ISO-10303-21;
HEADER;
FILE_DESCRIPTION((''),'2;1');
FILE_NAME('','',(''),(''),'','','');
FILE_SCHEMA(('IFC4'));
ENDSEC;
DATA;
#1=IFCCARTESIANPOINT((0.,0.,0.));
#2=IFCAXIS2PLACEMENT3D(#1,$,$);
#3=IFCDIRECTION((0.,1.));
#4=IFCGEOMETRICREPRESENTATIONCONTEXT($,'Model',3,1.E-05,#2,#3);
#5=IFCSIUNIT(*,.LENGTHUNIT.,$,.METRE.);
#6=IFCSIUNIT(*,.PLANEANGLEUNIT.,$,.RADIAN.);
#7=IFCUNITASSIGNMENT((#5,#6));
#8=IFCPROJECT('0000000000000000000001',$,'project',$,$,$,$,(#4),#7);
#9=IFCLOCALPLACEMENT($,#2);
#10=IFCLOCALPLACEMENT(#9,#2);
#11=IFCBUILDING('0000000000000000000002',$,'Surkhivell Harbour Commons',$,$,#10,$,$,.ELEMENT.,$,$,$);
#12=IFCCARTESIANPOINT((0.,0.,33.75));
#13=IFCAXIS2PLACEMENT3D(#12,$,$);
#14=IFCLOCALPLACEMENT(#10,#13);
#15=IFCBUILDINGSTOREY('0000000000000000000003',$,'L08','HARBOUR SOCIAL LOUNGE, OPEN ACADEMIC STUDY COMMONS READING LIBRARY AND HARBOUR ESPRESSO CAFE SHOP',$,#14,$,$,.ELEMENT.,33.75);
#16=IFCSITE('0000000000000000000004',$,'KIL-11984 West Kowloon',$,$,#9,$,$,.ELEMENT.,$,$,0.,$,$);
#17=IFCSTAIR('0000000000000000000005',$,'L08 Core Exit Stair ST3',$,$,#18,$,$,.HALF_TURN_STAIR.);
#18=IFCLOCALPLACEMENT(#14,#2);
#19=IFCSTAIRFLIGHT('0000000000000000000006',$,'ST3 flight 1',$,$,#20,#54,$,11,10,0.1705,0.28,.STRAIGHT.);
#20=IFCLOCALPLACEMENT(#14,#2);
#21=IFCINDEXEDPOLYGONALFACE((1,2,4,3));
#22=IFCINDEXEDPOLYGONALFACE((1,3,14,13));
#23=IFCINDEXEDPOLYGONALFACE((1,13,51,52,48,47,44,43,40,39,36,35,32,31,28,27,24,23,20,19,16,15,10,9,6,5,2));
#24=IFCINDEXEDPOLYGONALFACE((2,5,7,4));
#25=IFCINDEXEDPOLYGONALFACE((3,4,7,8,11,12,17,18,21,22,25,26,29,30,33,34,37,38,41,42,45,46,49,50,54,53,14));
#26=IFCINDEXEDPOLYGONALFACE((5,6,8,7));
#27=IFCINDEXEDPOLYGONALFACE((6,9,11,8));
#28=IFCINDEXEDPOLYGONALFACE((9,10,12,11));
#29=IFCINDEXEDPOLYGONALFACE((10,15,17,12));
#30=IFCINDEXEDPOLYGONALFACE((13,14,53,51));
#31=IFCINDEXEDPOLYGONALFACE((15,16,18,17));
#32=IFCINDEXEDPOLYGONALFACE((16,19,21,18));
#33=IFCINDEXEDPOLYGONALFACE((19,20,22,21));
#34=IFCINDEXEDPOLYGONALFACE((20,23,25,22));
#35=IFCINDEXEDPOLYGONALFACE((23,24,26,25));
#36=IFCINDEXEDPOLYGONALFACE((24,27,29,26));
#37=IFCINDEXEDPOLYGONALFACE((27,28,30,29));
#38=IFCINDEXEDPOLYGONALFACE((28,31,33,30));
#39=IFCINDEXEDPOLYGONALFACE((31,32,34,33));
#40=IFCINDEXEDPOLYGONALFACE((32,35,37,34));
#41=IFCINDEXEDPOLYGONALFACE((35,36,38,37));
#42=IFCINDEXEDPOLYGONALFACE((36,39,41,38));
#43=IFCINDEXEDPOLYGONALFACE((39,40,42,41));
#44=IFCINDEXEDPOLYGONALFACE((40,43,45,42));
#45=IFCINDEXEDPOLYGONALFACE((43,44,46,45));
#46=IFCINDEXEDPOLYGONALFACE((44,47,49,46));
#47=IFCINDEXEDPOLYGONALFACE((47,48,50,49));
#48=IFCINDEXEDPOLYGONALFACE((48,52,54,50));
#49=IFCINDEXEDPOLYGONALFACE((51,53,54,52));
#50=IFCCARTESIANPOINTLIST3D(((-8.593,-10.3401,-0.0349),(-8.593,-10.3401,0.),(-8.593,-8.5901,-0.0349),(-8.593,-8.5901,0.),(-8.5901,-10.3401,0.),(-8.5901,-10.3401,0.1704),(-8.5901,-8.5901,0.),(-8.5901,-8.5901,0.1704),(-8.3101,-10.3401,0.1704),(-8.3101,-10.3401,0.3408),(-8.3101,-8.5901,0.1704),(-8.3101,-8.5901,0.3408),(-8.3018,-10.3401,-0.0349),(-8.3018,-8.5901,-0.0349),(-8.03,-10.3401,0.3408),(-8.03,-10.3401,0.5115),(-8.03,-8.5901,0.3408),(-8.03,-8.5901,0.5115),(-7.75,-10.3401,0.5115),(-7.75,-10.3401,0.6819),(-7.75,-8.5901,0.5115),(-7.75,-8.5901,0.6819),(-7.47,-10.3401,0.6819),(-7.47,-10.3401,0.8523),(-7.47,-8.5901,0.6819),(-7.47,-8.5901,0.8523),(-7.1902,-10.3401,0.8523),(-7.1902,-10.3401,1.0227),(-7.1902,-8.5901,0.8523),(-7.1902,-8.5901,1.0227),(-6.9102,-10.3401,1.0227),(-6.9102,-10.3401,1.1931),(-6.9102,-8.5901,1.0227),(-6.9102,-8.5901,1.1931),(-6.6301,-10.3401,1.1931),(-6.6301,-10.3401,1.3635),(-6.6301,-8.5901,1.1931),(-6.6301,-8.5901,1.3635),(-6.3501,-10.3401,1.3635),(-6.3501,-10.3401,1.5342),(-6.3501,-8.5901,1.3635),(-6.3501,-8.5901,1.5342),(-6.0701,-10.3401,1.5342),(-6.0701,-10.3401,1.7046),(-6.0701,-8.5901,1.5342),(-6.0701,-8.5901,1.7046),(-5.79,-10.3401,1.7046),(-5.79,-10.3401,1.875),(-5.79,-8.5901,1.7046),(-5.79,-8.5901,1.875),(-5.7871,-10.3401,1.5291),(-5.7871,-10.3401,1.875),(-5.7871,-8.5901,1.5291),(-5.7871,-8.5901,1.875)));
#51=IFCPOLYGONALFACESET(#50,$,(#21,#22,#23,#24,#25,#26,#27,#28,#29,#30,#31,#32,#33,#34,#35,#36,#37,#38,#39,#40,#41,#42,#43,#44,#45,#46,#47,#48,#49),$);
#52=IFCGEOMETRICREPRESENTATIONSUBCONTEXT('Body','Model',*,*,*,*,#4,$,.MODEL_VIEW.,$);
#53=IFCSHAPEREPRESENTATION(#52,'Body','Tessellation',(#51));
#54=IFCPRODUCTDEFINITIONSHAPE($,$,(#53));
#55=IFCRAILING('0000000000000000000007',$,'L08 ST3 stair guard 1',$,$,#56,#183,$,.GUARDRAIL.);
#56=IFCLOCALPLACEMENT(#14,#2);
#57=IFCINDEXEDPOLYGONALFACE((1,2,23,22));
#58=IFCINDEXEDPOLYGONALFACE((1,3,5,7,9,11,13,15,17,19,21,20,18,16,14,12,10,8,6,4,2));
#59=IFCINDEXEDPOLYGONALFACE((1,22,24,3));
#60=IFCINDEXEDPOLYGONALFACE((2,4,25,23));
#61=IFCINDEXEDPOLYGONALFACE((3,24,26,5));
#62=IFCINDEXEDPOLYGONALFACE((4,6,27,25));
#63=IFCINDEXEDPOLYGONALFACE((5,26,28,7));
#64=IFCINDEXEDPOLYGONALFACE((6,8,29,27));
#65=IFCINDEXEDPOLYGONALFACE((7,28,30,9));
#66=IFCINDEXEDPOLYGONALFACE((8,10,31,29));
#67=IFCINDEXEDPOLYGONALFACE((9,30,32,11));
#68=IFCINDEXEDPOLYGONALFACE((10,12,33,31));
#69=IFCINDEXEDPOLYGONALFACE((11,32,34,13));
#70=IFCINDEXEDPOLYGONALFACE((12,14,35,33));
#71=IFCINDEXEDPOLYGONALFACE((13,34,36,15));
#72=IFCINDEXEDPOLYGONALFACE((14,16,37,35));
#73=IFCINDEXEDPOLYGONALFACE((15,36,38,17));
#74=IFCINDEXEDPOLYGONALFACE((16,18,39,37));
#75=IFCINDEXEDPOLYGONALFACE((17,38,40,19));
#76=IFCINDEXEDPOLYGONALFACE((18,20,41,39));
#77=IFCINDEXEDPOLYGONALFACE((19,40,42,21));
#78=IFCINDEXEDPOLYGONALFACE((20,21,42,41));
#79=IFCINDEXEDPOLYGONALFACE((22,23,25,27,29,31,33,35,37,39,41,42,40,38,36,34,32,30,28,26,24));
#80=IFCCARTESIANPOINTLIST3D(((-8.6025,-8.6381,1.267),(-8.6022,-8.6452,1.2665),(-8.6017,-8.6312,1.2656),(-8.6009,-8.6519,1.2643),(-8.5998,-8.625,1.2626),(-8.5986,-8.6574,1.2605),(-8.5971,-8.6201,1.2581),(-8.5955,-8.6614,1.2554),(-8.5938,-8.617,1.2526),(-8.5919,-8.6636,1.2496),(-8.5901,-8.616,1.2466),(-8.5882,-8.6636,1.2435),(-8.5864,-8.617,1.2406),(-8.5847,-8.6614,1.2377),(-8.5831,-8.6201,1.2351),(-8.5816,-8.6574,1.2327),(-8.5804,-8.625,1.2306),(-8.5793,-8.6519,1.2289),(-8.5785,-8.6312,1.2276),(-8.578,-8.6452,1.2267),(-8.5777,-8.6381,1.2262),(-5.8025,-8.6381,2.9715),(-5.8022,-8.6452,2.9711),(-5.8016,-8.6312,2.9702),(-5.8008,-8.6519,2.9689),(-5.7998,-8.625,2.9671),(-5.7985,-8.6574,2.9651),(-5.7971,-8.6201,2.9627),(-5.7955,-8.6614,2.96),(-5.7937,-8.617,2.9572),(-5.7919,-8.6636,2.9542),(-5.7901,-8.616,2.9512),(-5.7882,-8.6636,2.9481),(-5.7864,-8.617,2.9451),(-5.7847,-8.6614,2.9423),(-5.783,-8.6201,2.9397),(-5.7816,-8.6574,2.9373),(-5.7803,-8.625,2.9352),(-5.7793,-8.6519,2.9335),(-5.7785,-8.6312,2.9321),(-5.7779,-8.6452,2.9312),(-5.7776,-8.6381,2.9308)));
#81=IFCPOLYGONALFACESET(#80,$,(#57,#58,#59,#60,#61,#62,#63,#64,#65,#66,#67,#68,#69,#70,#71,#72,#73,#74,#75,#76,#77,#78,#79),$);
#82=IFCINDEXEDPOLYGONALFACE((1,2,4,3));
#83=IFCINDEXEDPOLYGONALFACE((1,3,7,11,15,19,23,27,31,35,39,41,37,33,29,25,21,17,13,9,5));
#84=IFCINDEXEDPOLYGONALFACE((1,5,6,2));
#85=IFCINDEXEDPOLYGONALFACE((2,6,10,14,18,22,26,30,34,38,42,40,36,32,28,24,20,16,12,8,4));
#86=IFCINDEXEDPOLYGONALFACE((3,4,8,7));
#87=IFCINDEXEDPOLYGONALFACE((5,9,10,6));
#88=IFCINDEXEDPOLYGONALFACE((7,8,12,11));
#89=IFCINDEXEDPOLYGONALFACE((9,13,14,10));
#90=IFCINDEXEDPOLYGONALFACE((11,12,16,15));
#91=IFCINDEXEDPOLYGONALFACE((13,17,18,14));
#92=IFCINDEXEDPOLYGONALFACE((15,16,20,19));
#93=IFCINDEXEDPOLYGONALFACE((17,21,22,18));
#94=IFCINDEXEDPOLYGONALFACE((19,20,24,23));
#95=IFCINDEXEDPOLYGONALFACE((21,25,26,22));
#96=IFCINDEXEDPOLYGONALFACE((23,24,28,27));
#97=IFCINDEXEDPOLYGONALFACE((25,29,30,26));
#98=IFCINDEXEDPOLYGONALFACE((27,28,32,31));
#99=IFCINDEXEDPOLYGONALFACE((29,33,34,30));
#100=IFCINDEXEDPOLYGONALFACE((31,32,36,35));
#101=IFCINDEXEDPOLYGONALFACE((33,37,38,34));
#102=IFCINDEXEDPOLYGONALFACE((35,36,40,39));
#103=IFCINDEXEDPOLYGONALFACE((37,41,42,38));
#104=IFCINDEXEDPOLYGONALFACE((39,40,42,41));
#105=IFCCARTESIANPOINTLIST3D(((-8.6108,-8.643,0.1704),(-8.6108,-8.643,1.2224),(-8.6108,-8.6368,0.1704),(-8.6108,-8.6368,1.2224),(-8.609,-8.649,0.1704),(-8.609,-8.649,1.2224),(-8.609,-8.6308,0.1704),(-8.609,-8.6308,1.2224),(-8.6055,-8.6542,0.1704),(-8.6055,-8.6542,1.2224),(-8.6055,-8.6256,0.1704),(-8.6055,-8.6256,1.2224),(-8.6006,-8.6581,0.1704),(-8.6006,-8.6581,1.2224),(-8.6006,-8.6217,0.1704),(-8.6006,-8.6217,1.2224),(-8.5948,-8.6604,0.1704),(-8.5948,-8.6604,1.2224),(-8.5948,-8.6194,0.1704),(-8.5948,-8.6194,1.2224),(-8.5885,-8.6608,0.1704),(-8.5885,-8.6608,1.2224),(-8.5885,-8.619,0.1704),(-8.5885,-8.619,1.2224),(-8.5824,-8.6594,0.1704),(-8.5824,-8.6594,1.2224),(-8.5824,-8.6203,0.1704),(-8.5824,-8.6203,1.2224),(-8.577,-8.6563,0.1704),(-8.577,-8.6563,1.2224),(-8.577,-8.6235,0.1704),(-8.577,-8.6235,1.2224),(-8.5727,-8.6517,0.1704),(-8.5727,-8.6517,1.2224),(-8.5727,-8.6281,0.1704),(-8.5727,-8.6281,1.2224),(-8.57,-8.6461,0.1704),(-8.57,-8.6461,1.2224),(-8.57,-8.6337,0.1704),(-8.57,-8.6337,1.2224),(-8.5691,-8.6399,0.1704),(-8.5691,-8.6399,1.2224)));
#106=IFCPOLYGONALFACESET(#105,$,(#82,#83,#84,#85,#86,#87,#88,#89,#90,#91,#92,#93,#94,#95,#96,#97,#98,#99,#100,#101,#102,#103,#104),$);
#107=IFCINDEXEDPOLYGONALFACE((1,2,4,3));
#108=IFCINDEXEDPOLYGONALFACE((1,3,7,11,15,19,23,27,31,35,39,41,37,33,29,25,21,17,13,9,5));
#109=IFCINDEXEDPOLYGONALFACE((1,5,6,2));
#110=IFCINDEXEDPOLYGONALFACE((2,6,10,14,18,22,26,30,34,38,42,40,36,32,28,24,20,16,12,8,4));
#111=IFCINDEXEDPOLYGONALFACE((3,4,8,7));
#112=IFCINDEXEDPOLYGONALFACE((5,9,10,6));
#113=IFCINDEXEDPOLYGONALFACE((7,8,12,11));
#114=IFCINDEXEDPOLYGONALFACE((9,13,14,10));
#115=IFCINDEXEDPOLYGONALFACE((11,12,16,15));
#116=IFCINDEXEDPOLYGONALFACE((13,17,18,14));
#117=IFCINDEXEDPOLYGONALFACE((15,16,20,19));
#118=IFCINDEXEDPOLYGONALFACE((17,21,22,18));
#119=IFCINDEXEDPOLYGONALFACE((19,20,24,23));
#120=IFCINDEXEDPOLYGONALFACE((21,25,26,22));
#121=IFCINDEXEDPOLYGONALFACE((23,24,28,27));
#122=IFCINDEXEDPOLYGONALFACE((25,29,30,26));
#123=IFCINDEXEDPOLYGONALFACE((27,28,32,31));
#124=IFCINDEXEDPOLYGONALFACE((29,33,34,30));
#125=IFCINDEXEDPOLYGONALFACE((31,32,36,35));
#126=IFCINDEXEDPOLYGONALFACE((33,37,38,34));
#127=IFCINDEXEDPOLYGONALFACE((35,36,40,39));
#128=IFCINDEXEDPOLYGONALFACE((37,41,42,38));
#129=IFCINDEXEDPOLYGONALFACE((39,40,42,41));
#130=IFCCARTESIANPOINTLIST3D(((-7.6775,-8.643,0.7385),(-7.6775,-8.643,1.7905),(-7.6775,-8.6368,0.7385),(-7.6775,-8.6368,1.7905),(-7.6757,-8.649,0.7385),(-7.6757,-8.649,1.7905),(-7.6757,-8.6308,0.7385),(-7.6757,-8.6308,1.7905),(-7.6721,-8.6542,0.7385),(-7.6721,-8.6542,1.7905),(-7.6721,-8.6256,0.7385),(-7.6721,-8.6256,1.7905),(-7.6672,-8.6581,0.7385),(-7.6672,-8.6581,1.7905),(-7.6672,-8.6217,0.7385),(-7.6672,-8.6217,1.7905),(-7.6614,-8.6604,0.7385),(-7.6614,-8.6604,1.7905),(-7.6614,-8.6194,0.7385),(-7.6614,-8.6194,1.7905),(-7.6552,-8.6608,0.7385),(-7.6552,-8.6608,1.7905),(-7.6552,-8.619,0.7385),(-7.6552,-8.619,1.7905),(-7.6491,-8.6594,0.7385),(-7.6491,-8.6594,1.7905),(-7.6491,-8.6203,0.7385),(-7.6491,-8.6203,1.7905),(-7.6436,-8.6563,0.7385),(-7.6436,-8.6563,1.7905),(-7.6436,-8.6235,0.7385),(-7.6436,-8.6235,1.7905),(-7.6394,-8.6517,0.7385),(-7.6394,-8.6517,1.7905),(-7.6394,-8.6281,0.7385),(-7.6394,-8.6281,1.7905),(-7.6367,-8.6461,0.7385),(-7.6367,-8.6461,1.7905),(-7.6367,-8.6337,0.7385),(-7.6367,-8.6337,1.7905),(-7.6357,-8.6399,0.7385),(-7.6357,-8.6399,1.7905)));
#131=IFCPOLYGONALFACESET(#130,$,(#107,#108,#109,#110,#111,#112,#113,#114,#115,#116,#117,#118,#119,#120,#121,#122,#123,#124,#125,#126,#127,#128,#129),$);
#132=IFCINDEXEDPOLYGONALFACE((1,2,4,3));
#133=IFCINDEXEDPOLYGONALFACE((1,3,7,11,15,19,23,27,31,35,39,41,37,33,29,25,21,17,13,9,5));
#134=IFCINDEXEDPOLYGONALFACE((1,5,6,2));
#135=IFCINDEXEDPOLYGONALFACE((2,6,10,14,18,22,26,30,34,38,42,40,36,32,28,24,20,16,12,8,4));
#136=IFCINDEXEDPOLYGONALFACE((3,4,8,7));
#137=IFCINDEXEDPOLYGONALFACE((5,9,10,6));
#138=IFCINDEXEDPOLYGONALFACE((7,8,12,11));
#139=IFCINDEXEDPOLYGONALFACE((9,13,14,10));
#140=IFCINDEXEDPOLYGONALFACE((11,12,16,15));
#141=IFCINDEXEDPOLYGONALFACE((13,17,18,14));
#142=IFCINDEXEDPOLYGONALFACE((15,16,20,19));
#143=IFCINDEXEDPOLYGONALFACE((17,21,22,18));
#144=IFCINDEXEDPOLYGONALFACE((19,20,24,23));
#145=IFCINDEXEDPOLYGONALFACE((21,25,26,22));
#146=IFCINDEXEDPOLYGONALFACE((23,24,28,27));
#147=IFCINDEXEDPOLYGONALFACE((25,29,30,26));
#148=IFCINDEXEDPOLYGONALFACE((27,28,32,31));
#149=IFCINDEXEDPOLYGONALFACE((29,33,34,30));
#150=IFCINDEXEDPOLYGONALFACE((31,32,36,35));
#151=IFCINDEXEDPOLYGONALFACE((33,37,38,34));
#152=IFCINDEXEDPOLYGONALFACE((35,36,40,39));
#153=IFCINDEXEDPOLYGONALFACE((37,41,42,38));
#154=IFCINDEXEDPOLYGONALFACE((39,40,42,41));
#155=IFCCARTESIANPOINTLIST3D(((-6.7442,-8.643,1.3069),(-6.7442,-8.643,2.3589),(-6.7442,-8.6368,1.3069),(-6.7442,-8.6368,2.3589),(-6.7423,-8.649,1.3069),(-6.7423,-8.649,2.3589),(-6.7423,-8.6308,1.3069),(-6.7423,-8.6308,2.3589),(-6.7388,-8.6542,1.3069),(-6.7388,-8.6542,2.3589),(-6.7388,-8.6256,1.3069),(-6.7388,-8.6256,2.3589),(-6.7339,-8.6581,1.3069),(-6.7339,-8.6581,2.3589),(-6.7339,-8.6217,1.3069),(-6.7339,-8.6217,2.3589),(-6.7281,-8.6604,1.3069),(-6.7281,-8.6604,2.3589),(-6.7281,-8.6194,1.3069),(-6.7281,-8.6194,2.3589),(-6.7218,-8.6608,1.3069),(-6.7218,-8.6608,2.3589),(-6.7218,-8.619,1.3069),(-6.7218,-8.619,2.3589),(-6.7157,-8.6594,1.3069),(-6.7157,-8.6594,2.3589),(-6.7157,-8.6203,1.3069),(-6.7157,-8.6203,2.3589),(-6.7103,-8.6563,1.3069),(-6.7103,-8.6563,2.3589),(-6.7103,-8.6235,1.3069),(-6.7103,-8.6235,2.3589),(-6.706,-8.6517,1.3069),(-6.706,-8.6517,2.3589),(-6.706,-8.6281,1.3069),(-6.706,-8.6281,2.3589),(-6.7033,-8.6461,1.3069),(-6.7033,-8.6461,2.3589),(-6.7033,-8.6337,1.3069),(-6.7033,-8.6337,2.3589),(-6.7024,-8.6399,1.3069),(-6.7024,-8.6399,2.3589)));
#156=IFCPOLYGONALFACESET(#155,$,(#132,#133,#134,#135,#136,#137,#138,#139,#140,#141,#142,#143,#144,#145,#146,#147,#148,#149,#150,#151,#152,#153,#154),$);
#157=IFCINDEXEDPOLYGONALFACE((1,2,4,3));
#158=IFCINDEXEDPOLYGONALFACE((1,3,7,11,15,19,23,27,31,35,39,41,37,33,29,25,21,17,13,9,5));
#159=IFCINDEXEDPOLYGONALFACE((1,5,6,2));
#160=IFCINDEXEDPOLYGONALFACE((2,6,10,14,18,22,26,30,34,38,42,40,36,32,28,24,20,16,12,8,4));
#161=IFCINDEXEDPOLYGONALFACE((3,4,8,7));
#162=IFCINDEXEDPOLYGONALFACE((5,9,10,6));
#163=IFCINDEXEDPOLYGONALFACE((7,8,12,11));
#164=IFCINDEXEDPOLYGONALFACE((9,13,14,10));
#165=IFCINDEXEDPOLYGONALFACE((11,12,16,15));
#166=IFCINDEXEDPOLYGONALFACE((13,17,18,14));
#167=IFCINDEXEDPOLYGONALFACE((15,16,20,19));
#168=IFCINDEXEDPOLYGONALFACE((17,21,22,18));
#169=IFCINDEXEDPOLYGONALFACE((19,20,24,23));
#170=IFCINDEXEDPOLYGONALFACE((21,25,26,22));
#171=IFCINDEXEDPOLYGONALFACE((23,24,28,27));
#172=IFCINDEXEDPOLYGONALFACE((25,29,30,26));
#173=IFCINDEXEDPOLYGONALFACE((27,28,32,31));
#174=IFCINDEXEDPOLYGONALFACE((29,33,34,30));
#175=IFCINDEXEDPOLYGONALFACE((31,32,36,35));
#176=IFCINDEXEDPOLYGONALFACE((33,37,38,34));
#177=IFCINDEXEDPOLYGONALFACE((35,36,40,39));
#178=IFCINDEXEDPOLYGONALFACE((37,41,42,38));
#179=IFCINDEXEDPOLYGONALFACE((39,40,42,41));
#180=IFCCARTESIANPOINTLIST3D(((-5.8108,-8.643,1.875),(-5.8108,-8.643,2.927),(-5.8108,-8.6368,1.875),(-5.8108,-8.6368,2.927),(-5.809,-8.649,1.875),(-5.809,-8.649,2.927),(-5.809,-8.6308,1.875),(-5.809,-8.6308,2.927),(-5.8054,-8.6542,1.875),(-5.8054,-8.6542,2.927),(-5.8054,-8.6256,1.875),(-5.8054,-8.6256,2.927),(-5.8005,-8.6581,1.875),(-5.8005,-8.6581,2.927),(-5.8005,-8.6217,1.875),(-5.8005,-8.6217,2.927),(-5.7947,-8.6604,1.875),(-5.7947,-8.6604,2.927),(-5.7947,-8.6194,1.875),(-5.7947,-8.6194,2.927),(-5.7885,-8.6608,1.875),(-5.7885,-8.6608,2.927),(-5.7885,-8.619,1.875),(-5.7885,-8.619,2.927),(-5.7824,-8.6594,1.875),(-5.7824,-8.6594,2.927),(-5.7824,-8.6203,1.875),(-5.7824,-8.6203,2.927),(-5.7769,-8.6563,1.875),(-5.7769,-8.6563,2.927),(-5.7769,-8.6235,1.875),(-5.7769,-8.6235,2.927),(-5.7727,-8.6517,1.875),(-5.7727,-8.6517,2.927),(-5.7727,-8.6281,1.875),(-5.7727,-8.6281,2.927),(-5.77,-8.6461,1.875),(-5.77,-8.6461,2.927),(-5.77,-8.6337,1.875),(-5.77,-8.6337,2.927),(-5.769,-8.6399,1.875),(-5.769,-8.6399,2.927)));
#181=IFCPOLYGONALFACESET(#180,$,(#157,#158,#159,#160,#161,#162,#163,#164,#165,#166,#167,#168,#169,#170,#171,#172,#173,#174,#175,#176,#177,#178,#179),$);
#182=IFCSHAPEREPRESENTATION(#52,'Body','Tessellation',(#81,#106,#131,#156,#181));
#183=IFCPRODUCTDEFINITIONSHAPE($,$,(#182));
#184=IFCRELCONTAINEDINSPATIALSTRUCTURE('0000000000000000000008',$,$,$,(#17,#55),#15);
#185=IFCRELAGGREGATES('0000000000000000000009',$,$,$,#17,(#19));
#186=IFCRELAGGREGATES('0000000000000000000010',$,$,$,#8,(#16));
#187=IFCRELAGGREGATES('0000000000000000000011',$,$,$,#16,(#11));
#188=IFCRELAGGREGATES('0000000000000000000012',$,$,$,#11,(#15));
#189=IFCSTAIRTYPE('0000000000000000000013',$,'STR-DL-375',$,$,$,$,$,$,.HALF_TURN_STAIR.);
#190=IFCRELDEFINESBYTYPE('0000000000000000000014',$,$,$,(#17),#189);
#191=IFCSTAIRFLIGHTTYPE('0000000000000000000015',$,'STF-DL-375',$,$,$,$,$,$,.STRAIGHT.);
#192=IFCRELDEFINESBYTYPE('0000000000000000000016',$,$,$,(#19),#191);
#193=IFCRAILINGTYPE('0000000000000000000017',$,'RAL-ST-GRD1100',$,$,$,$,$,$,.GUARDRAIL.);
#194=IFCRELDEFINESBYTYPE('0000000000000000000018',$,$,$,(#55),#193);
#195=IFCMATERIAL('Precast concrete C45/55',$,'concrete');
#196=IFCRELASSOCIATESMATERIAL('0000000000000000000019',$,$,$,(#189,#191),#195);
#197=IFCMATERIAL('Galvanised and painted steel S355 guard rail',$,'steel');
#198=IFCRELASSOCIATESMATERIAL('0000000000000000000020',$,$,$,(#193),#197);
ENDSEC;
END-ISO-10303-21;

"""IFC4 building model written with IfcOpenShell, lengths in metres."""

from ifc_helpers import new_model, si_unit, direction, frame, origin, origin_2d, place, context, subcontext, project, spatial, polyline, circle, outline, extrude, material, type_object, element, aggregate, save


model = new_model("IFC4")

# Units and contexts
model_context = context("Model", 3, precision=1e-05, world=origin(), true_north=direction((0.0, 1.0)))
body_context = subcontext(model_context, "Body", "Model", "MODEL_VIEW")
ifc_project = project(units=[si_unit("LENGTHUNIT", "METRE"), si_unit("PLANEANGLEUNIT", "RADIAN")], contexts=[model_context])

# Site, building, storey
site_placement = place(None, origin())
site = spatial("IfcSite", under=ifc_project, at=site_placement, Name="KIL-11984 West Kowloon", CompositionType="ELEMENT", RefElevation=0.0)
building_placement = place(site_placement, origin())
building = spatial("IfcBuilding", under=site, at=building_placement, Name="Surkhivell Harbour Commons", CompositionType="ELEMENT")
storey_placement = place(building_placement, frame((0.0, 0.0, 33.75)))
storey = spatial("IfcBuildingStorey", under=building, at=storey_placement, Name="L08", Description="HARBOUR SOCIAL LOUNGE, OPEN ACADEMIC STUDY COMMONS READING LIBRARY AND HARBOUR ESPRESSO CAFE SHOP", CompositionType="ELEMENT", Elevation=33.75)

# Stair, stair flight
ifc_material_1 = material(Name="Precast concrete C45/55", Category="concrete")
stair_type = type_object("IfcStairType", Name="STR-DL-375", PredefinedType="HALF_TURN_STAIR", material=ifc_material_1)
stair_placement = place(storey_placement, origin())
stair = element("IfcStair", 1, at=stair_placement, inside=storey, type_object=stair_type, Name="L08 Core Exit Stair ST3", PredefinedType="HALF_TURN_STAIR")
stair_flight_type = type_object("IfcStairFlightType", Name="STF-DL-375", PredefinedType="STRAIGHT", material=ifc_material_1)
stair_flight_placement = place(storey_placement, frame((-8.5901, -9.4651, 0.0), z_axis=(0.0, 0.0, 1.0), x_axis=(1.0, 0.0, 0.0)))
stair_flight = element("IfcStairFlight", 2, at=stair_flight_placement, type_object=stair_flight_type, Name="ST3 flight 1", NumberOfRisers=11, NumberOfTreads=10, PredefinedType="STRAIGHT", RiserHeight=0.1705, TreadLength=0.28, context=body_context, shape_type="SweptSolid", body=[
    extrude(outline(polyline([(-0.0029, -0.0349), (-0.0029, 0.0), (0.0, 0.0), (0.0, 0.1704), (0.28, 0.1704), (0.28, 0.3408), (0.5601, 0.3408), (0.5601, 0.5115), (0.8401, 0.5115), (0.8401, 0.6819), (1.1201, 0.6819), (1.1201, 0.8523), (1.3999, 0.8523), (1.3999, 1.0227), (1.6799, 1.0227), (1.6799, 1.1931), (1.96, 1.1931), (1.96, 1.3635), (2.24, 1.3635), (2.24, 1.5342), (2.52, 1.5342), (2.52, 1.7046), (2.8, 1.7046), (2.8, 1.875), (2.803, 1.875), (2.803, 1.5291), (0.2883, -0.0349), (-0.0029, -0.0349)])), frame((0.0, 0.875, 0.0), z_axis=(0.0, -1.0, 0.0), x_axis=(1.0, 0.0, 0.0)), (0.0, 0.0, 1.0), 1.75),
])
aggregate(stair, [stair_flight])

# Railing
ifc_material_2 = material(Name="Galvanised and painted steel S355 guard rail", Category="steel")
railing_type_1 = type_object("IfcRailingType", Name="RAL-ST-GRD1100", PredefinedType="GUARDRAIL", material=ifc_material_2)
railing_1_placement = place(storey_placement, frame((-8.5901, -8.6399, 0.1704)))
element("IfcRailing", 3, at=railing_1_placement, inside=storey, type_object=railing_type_1, Name="L08 ST3 stair guard 1", PredefinedType="GUARDRAIL", context=body_context, shape_type="SweptSolid", body=[
    extrude(circle(Radius=0.0239, at=origin_2d()), frame((0.0, 0.0, 1.0762), z_axis=(0.85417, 0.0, 0.519994), x_axis=(0.0, 1.0, 0.0)), (0.0, 0.0, 1.0), 3.2781),
    extrude(circle(Radius=0.021, at=origin_2d()), origin(), (0.0, 0.0, 1.0), 1.052),
    extrude(circle(Radius=0.021, at=origin_2d()), frame((0.9333, 0.0, 0.5681)), (0.0, 0.0, 1.0), 1.052),
    extrude(circle(Radius=0.021, at=origin_2d()), frame((1.8667, 0.0, 1.1365)), (0.0, 0.0, 1.0), 1.052),
    extrude(circle(Radius=0.021, at=origin_2d()), frame((2.8, 0.0, 1.7046)), (0.0, 0.0, 1.0), 1.052),
])

save(model, "model.ifc")
